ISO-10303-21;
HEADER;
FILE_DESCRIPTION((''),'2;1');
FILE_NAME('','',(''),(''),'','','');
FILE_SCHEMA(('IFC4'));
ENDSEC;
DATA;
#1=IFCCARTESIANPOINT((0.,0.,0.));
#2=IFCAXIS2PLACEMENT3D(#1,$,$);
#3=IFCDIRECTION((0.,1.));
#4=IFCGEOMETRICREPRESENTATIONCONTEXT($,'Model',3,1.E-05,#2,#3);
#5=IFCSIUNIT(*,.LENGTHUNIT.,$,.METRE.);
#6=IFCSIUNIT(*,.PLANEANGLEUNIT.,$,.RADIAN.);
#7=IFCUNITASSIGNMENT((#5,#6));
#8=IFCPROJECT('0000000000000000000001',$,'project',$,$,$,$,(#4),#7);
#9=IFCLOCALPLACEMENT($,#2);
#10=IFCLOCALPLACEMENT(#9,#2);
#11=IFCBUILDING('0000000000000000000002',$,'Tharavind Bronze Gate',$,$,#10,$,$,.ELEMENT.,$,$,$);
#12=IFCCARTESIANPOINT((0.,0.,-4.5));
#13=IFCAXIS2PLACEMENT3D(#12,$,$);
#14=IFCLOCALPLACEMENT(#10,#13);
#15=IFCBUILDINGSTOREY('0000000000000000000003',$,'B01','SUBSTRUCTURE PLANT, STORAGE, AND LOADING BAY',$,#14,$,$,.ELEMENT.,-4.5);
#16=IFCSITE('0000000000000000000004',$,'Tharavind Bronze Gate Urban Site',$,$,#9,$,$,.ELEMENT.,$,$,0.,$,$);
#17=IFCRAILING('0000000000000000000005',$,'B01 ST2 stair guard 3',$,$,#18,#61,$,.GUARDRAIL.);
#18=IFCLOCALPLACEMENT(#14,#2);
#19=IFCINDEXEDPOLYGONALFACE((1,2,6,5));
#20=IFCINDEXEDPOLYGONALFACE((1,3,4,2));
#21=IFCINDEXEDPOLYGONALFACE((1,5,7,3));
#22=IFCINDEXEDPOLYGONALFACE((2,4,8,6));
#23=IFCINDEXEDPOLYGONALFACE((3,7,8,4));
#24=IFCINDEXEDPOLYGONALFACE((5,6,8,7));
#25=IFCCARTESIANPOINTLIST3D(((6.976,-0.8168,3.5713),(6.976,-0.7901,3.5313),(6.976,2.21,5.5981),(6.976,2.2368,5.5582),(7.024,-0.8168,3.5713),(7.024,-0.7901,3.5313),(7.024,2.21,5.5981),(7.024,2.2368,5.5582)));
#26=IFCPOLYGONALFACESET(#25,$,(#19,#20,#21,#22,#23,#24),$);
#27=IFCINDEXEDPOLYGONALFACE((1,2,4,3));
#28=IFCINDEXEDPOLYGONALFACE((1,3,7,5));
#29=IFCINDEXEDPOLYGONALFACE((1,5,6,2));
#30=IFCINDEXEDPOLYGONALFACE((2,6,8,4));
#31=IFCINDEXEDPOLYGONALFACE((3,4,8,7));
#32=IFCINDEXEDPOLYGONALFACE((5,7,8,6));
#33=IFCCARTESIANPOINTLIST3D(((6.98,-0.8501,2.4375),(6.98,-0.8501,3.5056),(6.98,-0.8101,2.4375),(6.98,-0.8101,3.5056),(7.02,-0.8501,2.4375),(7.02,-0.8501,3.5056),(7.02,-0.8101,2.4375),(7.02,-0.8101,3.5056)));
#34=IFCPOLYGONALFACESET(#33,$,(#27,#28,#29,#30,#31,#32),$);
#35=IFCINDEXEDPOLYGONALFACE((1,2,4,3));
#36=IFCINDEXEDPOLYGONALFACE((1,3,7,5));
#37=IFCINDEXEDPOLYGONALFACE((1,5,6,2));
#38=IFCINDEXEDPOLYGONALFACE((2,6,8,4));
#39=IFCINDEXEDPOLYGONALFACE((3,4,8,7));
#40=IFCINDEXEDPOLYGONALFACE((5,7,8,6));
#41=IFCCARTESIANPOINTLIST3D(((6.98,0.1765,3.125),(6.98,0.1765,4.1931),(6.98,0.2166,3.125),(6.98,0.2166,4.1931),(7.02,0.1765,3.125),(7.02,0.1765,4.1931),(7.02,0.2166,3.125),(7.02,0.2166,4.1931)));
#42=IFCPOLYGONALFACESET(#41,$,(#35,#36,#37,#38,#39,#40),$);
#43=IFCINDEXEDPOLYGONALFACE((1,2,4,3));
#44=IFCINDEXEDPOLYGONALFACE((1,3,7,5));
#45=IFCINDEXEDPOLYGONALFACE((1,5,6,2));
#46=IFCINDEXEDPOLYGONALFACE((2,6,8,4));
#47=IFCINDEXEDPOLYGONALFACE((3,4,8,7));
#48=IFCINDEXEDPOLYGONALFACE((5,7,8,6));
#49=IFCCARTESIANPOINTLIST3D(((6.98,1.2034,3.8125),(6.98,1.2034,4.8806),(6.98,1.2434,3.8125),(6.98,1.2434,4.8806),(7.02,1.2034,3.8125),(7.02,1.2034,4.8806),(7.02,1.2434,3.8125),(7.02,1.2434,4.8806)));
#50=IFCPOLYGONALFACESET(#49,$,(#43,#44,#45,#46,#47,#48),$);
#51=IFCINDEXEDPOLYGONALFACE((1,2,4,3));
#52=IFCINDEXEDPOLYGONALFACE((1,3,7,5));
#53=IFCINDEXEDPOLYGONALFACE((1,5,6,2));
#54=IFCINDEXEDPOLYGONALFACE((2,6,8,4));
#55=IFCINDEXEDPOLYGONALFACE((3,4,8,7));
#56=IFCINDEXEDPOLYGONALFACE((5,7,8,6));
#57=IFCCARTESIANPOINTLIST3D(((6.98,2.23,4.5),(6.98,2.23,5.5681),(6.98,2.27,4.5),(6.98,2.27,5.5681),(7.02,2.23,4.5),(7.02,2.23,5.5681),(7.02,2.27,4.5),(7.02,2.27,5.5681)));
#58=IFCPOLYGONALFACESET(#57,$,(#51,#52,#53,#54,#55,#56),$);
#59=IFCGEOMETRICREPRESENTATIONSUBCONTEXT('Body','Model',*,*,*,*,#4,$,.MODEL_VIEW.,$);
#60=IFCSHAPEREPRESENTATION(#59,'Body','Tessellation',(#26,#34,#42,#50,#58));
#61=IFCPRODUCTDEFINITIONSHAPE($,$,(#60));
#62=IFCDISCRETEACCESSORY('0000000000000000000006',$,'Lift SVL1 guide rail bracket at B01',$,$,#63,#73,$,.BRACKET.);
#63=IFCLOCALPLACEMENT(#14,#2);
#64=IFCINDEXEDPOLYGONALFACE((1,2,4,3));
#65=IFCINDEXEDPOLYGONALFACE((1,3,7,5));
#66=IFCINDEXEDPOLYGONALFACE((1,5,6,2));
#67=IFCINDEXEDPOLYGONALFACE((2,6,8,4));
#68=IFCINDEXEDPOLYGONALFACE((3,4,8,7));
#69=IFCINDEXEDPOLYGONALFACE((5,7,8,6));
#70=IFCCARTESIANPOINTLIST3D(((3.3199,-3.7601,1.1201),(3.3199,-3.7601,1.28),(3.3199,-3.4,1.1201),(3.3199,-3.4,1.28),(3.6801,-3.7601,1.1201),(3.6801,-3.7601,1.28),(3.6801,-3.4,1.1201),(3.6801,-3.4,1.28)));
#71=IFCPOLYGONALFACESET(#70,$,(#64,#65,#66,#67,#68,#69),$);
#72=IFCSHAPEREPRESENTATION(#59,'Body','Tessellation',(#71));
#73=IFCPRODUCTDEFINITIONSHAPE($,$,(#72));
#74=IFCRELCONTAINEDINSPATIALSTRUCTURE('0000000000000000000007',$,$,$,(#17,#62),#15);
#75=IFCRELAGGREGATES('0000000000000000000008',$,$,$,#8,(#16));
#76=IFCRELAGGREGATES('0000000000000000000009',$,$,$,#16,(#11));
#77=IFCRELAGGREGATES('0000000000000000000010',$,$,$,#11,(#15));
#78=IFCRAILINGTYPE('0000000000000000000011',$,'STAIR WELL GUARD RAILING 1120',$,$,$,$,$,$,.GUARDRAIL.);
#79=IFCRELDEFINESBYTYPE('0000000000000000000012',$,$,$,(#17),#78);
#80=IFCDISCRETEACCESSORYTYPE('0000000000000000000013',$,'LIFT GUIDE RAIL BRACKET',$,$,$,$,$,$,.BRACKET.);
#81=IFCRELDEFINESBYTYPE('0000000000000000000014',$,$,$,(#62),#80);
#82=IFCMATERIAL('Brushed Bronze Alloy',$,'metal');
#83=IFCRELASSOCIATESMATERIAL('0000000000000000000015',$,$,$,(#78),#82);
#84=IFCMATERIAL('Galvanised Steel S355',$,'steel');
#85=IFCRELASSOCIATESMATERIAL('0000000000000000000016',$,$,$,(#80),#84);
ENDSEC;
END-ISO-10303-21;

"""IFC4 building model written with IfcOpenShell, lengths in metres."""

from ifc_helpers import new_model, si_unit, direction, frame, origin, origin_2d, place, context, subcontext, project, spatial, rectangle, extrude, material, type_object, element, save


model = new_model("IFC4")

# Units and contexts
model_context = context("Model", 3, precision=1e-05, world=origin(), true_north=direction((0.0, 1.0)))
body_context = subcontext(model_context, "Body", "Model", "MODEL_VIEW")
ifc_project = project(units=[si_unit("LENGTHUNIT", "METRE"), si_unit("PLANEANGLEUNIT", "RADIAN")], contexts=[model_context])

# Site, building, storey
site_placement = place(None, origin())
site = spatial("IfcSite", under=ifc_project, at=site_placement, Name="Tharavind Bronze Gate Urban Site", CompositionType="ELEMENT", RefElevation=0.0)
building_placement = place(site_placement, origin())
building = spatial("IfcBuilding", under=site, at=building_placement, Name="Tharavind Bronze Gate", CompositionType="ELEMENT")
storey_placement = place(building_placement, frame((0.0, 0.0, -4.5)))
storey = spatial("IfcBuildingStorey", under=building, at=storey_placement, Name="B01", Description="SUBSTRUCTURE PLANT, STORAGE, AND LOADING BAY", CompositionType="ELEMENT", Elevation=-4.5)

# Railing
ifc_material_1 = material(Name="Brushed Bronze Alloy", Category="metal")
railing_type_1 = type_object("IfcRailingType", Name="STAIR WELL GUARD RAILING 1120", PredefinedType="GUARDRAIL", material=ifc_material_1)
railing_1_placement = place(storey_placement, frame((7.0, -0.8301, 2.4375)))
element("IfcRailing", 1, at=railing_1_placement, inside=storey, type_object=railing_type_1, Name="B01 ST2 stair guard 3", PredefinedType="GUARDRAIL", context=body_context, shape_type="SweptSolid", body=[
    extrude(rectangle(XDim=0.0481, YDim=0.0481, at=origin_2d()), frame((0.0, 0.0266, 1.1138), z_axis=(0.0, 0.830914, 0.556401), x_axis=(-1.0, 0.0, 0.0)), (0.0, 0.0, 1.0), 3.6428),
    extrude(rectangle(XDim=0.04, YDim=0.04, at=origin_2d()), origin(), (0.0, 0.0, 1.0), 1.0681),
    extrude(rectangle(XDim=0.04, YDim=0.04, at=origin_2d()), frame((0.0, 1.0266, 0.6875)), (0.0, 0.0, 1.0), 1.0681),
    extrude(rectangle(XDim=0.04, YDim=0.04, at=origin_2d()), frame((0.0, 2.0535, 1.375)), (0.0, 0.0, 1.0), 1.0681),
    extrude(rectangle(XDim=0.04, YDim=0.04, at=origin_2d()), frame((0.0, 3.0801, 2.0625)), (0.0, 0.0, 1.0), 1.0681),
])

# Discrete accessory
ifc_material_2 = material(Name="Galvanised Steel S355", Category="steel")
discrete_accessory_type = type_object("IfcDiscreteAccessoryType", Name="LIFT GUIDE RAIL BRACKET", PredefinedType="BRACKET", material=ifc_material_2)
discrete_accessory_placement = place(storey_placement, frame((3.5, -3.5801, 1.1201), z_axis=(0.0, 0.0, 1.0), x_axis=(1.0, 0.0, 0.0)))
element("IfcDiscreteAccessory", 2, at=discrete_accessory_placement, inside=storey, type_object=discrete_accessory_type, Name="Lift SVL1 guide rail bracket at B01", PredefinedType="BRACKET", context=body_context, shape_type="SweptSolid", body=[
    extrude(rectangle(XDim=0.3601, YDim=0.3601, at=origin_2d()), origin(), (0.0, 0.0, 1.0), 0.1599),
])

save(model, "model.ifc")
